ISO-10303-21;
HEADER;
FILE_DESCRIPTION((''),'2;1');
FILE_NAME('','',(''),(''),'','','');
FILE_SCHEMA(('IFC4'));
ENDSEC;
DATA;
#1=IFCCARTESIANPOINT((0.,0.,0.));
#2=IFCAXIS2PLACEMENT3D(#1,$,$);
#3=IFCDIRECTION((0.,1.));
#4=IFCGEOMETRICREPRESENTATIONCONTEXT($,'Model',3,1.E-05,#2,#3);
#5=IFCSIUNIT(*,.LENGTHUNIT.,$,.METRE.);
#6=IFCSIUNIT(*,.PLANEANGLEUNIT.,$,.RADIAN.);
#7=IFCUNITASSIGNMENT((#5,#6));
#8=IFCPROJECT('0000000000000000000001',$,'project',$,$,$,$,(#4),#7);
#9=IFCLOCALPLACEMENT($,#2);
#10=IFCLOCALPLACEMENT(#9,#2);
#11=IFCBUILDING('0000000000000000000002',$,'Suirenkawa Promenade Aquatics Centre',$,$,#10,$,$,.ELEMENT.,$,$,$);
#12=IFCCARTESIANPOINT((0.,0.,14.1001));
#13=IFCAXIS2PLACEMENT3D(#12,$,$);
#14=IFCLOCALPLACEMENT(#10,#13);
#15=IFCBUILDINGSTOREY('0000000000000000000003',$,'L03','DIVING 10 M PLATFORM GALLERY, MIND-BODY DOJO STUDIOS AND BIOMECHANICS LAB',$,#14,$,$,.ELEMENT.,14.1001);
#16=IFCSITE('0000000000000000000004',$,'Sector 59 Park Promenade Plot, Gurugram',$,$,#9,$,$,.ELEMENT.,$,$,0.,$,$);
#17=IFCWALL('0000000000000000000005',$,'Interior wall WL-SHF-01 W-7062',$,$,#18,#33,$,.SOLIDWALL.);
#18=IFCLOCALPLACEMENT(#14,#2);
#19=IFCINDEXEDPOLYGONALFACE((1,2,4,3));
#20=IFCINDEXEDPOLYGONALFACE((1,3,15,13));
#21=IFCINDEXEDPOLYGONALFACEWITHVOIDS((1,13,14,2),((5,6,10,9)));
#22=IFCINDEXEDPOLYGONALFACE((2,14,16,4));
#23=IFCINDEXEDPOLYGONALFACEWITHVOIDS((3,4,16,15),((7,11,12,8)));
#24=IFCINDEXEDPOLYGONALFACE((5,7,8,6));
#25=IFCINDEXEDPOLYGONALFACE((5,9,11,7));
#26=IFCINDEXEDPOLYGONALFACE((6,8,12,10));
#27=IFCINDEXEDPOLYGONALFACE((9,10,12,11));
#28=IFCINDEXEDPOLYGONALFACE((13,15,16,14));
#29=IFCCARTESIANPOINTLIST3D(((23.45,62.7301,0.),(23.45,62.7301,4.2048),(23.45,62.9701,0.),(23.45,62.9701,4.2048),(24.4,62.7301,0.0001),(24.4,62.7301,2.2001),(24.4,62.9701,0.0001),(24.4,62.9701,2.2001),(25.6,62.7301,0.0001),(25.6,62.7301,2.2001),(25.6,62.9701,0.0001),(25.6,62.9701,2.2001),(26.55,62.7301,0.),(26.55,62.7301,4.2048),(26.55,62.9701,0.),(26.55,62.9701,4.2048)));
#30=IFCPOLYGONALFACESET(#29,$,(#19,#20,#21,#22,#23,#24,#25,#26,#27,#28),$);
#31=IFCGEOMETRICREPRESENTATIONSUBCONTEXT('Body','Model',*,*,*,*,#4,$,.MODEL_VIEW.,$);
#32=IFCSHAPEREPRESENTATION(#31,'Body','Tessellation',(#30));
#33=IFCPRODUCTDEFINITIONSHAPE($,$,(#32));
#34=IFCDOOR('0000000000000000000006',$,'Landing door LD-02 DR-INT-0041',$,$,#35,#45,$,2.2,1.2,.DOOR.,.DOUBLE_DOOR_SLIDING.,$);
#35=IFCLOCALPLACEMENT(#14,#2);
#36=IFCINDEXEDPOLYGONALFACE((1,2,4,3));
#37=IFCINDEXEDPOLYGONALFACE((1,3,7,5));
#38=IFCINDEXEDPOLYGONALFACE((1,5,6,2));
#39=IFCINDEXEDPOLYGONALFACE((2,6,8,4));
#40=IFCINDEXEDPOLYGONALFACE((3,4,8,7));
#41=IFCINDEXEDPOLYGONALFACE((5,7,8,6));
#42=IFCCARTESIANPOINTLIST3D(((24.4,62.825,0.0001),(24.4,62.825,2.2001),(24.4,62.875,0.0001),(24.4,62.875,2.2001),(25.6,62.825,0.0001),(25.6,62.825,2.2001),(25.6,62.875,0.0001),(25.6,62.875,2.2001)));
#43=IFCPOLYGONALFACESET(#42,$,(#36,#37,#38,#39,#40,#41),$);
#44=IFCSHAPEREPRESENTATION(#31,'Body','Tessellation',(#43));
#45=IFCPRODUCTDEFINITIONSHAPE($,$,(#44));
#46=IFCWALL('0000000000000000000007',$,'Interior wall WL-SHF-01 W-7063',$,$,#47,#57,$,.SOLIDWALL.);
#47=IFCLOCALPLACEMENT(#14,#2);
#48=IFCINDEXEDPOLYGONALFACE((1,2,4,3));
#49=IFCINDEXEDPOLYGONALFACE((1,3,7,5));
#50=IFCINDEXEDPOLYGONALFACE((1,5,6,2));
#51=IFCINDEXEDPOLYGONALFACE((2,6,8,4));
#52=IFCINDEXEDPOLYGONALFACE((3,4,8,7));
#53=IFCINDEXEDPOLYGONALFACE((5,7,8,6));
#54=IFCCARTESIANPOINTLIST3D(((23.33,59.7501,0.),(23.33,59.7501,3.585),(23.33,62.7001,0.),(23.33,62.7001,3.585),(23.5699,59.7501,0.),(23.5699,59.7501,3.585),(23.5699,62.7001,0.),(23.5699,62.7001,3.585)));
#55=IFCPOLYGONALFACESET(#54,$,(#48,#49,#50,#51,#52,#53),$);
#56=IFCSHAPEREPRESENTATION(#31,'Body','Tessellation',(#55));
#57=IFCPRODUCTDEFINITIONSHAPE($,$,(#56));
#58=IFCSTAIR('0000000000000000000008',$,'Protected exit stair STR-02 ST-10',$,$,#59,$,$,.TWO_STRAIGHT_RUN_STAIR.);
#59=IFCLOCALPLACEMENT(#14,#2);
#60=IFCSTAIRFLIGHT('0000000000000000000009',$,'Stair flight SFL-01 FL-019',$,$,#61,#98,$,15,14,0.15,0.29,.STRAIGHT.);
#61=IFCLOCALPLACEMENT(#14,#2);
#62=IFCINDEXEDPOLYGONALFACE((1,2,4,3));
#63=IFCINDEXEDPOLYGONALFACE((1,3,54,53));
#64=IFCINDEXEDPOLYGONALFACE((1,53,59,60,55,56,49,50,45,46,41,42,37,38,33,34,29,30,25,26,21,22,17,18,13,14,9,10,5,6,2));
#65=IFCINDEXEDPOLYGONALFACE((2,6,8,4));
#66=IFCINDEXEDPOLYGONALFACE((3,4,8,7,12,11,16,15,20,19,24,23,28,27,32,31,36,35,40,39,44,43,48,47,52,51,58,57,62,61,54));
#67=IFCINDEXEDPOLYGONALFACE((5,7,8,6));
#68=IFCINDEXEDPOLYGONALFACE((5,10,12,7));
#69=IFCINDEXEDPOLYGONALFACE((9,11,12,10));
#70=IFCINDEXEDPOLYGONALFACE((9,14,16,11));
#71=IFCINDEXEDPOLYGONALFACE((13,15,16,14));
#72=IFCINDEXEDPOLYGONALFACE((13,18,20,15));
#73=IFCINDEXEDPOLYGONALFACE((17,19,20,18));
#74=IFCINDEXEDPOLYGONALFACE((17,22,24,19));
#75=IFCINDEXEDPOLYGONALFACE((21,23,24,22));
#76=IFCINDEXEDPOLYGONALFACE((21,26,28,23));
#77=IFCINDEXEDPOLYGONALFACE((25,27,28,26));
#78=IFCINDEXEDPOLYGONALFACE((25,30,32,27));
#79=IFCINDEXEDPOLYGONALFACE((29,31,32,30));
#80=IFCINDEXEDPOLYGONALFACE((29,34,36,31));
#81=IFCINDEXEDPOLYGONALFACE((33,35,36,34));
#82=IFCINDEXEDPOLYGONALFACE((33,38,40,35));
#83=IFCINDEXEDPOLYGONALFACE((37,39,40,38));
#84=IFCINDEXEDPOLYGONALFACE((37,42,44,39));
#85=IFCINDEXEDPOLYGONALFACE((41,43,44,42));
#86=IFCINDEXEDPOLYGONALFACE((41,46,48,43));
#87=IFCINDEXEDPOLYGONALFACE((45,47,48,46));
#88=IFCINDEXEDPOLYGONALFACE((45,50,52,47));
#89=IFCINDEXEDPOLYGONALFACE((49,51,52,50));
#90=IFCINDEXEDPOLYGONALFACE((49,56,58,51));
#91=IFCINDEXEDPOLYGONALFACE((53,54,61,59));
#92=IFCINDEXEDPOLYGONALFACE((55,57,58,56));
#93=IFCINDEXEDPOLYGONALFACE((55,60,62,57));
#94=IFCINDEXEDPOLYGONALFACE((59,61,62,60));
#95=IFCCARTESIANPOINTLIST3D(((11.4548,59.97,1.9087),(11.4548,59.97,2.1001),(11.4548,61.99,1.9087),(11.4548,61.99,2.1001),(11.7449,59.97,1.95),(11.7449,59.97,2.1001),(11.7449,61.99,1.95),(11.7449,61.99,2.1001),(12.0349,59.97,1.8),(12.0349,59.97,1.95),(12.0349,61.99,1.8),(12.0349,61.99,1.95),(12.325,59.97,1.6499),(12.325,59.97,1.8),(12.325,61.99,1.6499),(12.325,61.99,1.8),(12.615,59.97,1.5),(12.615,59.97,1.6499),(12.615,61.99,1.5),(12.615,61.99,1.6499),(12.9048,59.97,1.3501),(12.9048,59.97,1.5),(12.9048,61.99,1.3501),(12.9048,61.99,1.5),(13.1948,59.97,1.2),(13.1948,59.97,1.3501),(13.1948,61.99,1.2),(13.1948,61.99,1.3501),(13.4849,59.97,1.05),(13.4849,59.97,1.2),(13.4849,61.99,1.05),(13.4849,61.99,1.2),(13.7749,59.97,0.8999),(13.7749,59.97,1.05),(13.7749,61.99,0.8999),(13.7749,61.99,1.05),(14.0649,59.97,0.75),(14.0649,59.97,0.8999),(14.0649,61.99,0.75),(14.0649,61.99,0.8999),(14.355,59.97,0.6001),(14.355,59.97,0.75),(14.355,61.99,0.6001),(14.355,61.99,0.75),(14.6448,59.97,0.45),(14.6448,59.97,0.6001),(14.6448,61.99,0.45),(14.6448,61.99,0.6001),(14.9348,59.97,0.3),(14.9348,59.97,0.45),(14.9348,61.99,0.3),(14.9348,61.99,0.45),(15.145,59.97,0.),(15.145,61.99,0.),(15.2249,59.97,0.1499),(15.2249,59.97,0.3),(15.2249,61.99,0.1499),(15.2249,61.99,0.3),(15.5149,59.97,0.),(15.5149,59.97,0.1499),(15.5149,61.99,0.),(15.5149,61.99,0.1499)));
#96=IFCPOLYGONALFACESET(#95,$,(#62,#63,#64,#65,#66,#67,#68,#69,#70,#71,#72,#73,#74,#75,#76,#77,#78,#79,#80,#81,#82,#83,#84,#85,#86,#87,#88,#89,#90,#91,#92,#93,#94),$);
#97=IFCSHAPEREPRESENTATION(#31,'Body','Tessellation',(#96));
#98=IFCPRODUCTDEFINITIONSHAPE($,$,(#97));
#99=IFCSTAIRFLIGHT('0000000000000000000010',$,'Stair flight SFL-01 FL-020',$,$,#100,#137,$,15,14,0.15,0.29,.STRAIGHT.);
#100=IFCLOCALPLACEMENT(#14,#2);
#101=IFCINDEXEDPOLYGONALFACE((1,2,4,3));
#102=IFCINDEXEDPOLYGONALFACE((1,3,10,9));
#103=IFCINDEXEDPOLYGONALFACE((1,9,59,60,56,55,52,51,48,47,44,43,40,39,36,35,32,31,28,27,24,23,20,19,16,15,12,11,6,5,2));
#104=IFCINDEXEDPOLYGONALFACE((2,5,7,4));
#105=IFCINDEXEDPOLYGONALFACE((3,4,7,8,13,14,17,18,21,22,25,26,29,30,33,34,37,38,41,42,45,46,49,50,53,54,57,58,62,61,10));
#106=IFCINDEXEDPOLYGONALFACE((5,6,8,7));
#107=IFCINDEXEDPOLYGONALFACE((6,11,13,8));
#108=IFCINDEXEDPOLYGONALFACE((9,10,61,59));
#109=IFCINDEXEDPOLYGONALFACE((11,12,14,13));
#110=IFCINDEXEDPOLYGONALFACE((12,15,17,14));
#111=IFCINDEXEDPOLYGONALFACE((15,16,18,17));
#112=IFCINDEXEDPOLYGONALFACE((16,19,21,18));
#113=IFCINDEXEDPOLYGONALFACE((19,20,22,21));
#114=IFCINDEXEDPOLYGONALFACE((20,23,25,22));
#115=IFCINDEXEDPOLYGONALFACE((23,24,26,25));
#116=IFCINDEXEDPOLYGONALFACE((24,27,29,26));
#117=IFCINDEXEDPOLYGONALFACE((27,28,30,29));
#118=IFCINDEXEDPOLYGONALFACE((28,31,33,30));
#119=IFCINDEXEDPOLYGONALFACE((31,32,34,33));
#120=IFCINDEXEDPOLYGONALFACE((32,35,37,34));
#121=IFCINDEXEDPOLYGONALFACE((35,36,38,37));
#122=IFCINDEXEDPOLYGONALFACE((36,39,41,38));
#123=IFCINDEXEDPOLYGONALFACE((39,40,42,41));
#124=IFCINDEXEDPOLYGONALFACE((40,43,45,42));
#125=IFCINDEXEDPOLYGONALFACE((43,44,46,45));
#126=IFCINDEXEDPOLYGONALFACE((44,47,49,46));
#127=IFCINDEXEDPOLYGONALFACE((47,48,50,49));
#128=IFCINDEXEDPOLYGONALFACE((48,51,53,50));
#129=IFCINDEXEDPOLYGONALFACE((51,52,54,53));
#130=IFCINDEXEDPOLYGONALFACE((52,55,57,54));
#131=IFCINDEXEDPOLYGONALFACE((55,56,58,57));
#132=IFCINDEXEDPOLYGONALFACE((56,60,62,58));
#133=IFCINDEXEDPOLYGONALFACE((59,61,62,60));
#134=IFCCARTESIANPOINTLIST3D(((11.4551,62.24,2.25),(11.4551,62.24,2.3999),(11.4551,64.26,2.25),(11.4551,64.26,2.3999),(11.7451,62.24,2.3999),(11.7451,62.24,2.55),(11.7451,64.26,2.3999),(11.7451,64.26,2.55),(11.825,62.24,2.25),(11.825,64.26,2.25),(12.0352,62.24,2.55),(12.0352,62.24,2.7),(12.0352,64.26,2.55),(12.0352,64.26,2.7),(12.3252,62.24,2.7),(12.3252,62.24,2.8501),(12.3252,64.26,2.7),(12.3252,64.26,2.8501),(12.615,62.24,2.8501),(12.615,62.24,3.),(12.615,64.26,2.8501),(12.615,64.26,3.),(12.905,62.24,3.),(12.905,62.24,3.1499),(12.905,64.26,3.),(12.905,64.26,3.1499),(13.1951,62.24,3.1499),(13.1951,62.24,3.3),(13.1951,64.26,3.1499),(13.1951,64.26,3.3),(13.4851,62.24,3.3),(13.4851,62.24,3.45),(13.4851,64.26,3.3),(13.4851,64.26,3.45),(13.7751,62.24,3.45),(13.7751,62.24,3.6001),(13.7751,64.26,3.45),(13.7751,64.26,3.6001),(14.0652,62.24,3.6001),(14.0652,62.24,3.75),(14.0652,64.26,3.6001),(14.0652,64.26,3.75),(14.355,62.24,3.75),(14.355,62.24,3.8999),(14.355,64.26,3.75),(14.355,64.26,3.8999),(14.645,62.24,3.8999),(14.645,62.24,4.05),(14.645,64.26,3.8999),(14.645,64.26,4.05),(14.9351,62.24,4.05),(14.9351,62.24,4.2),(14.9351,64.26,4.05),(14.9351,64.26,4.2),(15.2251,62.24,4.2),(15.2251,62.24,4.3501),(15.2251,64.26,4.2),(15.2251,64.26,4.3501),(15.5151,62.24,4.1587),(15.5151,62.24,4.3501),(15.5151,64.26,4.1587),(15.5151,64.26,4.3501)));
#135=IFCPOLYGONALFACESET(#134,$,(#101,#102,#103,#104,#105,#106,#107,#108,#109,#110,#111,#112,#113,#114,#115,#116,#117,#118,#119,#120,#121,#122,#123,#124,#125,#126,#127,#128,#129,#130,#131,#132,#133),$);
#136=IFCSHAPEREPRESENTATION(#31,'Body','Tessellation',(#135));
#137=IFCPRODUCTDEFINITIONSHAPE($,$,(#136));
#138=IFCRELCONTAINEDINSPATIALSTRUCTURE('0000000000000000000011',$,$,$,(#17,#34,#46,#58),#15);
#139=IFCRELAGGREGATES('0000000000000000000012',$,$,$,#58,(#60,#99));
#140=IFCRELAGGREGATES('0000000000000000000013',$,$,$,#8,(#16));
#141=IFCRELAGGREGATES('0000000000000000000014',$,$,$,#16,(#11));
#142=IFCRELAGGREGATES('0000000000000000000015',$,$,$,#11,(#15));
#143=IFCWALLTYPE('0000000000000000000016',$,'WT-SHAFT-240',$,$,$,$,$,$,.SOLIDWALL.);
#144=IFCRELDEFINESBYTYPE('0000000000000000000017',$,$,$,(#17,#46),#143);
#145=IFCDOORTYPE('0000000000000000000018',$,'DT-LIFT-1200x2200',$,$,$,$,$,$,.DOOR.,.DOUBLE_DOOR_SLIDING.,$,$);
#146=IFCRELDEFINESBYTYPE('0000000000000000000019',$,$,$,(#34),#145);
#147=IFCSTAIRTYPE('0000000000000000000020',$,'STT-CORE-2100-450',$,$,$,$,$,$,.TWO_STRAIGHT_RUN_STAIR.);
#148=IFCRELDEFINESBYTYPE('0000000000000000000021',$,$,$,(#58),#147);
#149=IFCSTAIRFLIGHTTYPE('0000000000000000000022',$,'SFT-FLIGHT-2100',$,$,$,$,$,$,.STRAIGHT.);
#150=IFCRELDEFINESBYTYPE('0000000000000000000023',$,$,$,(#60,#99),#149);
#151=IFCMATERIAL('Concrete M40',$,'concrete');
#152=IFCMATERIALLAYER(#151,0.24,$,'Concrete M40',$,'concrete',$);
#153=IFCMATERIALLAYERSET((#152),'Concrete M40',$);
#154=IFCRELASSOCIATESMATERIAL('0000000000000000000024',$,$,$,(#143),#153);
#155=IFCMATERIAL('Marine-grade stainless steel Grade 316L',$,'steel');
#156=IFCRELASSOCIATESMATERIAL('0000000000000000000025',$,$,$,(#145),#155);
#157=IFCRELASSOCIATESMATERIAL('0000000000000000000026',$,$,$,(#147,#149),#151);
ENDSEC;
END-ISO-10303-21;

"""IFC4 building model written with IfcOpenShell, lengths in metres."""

from ifc_helpers import new_model, si_unit, direction, frame, frame_2d, origin, place, context, subcontext, project, spatial, polyline, rectangle, outline, extrude, material, layer, layer_set, type_object, element, fill, aggregate, save


model = new_model("IFC4")

# Units and contexts
model_context = context("Model", 3, precision=1e-05, world=origin(), true_north=direction((0.0, 1.0)))
body_context = subcontext(model_context, "Body", "Model", "MODEL_VIEW")
ifc_project = project(units=[si_unit("LENGTHUNIT", "METRE"), si_unit("PLANEANGLEUNIT", "RADIAN")], contexts=[model_context])

# Site, building, storey
site_placement = place(None, origin())
site = spatial("IfcSite", under=ifc_project, at=site_placement, Name="Sector 59 Park Promenade Plot, Gurugram", CompositionType="ELEMENT", RefElevation=0.0)
building_placement = place(site_placement, origin())
building = spatial("IfcBuilding", under=site, at=building_placement, Name="Suirenkawa Promenade Aquatics Centre", CompositionType="ELEMENT")
storey_placement = place(building_placement, frame((0.0, 0.0, 14.1001)))
storey = spatial("IfcBuildingStorey", under=building, at=storey_placement, Name="L03", Description="DIVING 10 M PLATFORM GALLERY, MIND-BODY DOJO STUDIOS AND BIOMECHANICS LAB", CompositionType="ELEMENT", Elevation=14.1001)

# Shared definitions
ifc_material_1 = material(Name="Concrete M40", Category="concrete")

# Wall, opening, door
ifc_layer_1 = layer(ifc_material_1, 0.24, Name="Concrete M40", Category="concrete")
ifc_layer_set_1 = layer_set([ifc_layer_1], Name="Concrete M40")
wall_type_1 = type_object("IfcWallType", Name="WT-SHAFT-240", PredefinedType="SOLIDWALL", material=ifc_layer_set_1)
wall_1_placement = place(storey_placement, frame((23.45, 62.8501, 0.0), z_axis=(0.0, 0.0, 1.0), x_axis=(1.0, 0.0, 0.0)))
wall_1 = element("IfcWall", 1, at=wall_1_placement, inside=storey, type_object=wall_type_1, Name="Interior wall WL-SHF-01 W-7062", PredefinedType="SOLIDWALL", context=body_context, shape_type="SweptSolid", body=[
    extrude(rectangle(XDim=3.1001, YDim=0.24, at=frame_2d((1.55, 0.0))), origin(), (0.0, 0.0, 1.0), 4.2048),
])
opening_1_placement = place(wall_1_placement, frame((0.95, 0.0, 0.0)))
opening_1 = element("IfcOpeningElement", 2, at=opening_1_placement, cuts=wall_1, PredefinedType="OPENING", context=body_context, shape_type="SweptSolid", body=[
    extrude(rectangle(XDim=1.2, YDim=2.2, at=frame_2d((0.6001, 1.1001))), frame((0.0, 0.1299, 0.0), z_axis=(0.0, -1.0, 0.0), x_axis=(1.0, 0.0, 0.0)), (0.0, 0.0, 1.0), 0.26),
])
ifc_material_2 = material(Name="Marine-grade stainless steel Grade 316L", Category="steel")
door_type_1 = type_object("IfcDoorType", Name="DT-LIFT-1200x2200", OperationType="DOUBLE_DOOR_SLIDING", PredefinedType="DOOR", material=ifc_material_2)
door_1_placement = place(opening_1_placement, origin())
door_1 = element("IfcDoor", 3, at=door_1_placement, inside=storey, type_object=door_type_1, Name="Landing door LD-02 DR-INT-0041", OperationType="DOUBLE_DOOR_SLIDING", OverallHeight=2.2, OverallWidth=1.2, PredefinedType="DOOR", context=body_context, shape_type="SweptSolid", body=[
    extrude(rectangle(XDim=1.2, YDim=2.2, at=frame_2d((0.6001, 1.1001))), frame((0.0, 0.0249, 0.0), z_axis=(0.0, -1.0, 0.0), x_axis=(1.0, 0.0, 0.0)), (0.0, 0.0, 1.0), 0.05),
])
fill(opening_1, door_1)

# Wall
wall_2_placement = place(storey_placement, frame((23.45, 59.75, 0.0), z_axis=(0.0, 0.0, 1.0), x_axis=(0.0, 1.0, 0.0)))
element("IfcWall", 4, at=wall_2_placement, inside=storey, type_object=wall_type_1, Name="Interior wall WL-SHF-01 W-7063", PredefinedType="SOLIDWALL", context=body_context, shape_type="SweptSolid", body=[
    extrude(rectangle(XDim=2.95, YDim=0.24, at=frame_2d((1.4751, 0.0))), origin(), (0.0, 0.0, 1.0), 3.585),
])

# Stair, stair flights
stair_type = type_object("IfcStairType", Name="STT-CORE-2100-450", PredefinedType="TWO_STRAIGHT_RUN_STAIR", material=ifc_material_1)
stair_placement = place(storey_placement, origin())
stair = element("IfcStair", 5, at=stair_placement, inside=storey, type_object=stair_type, Name="Protected exit stair STR-02 ST-10", PredefinedType="TWO_STRAIGHT_RUN_STAIR")
stair_flight_type = type_object("IfcStairFlightType", Name="SFT-FLIGHT-2100", PredefinedType="STRAIGHT", material=ifc_material_1)
stair_flight_1_placement = place(storey_placement, frame((15.5149, 60.98, 0.0), z_axis=(0.0, 0.0, 1.0), x_axis=(-1.0, 0.0, 0.0)))
stair_flight_1 = element("IfcStairFlight", 6, at=stair_flight_1_placement, type_object=stair_flight_type, Name="Stair flight SFL-01 FL-019", NumberOfRisers=15, NumberOfTreads=14, PredefinedType="STRAIGHT", RiserHeight=0.15, TreadLength=0.29, context=body_context, shape_type="SweptSolid", body=[
    extrude(outline(polyline([(0.0, 0.0), (0.0, 0.1499), (0.29, 0.1499), (0.29, 0.3), (0.5801, 0.3), (0.5801, 0.45), (0.8701, 0.45), (0.8701, 0.6001), (1.1599, 0.6001), (1.1599, 0.75), (1.45, 0.75), (1.45, 0.8999), (1.74, 0.8999), (1.74, 1.05), (2.03, 1.05), (2.03, 1.2), (2.3201, 1.2), (2.3201, 1.3501), (2.6101, 1.3501), (2.6101, 1.5), (2.8999, 1.5), (2.8999, 1.6499), (3.1899, 1.6499), (3.1899, 1.8), (3.48, 1.8), (3.48, 1.95), (3.77, 1.95), (3.77, 2.1001), (4.0601, 2.1001), (4.0601, 2.25), (4.0601, 1.9087), (0.3699, 0.0), (0.0, 0.0)])), frame((0.0, 1.01, 0.0), z_axis=(0.0, -1.0, 0.0), x_axis=(1.0, 0.0, 0.0)), (0.0, 0.0, 1.0), 2.02),
])
stair_flight_2_placement = place(storey_placement, frame((11.4551, 63.25, 2.25), z_axis=(0.0, 0.0, 1.0), x_axis=(1.0, 0.0, 0.0)))
stair_flight_2 = element("IfcStairFlight", 7, at=stair_flight_2_placement, type_object=stair_flight_type, Name="Stair flight SFL-01 FL-020", NumberOfRisers=15, NumberOfTreads=14, PredefinedType="STRAIGHT", RiserHeight=0.15, TreadLength=0.29, context=body_context, shape_type="SweptSolid", body=[
    extrude(outline(polyline([(0.0, 0.0), (0.0, 0.1499), (0.29, 0.1499), (0.29, 0.3), (0.5801, 0.3), (0.5801, 0.45), (0.8701, 0.45), (0.8701, 0.6001), (1.1599, 0.6001), (1.1599, 0.75), (1.45, 0.75), (1.45, 0.8999), (1.74, 0.8999), (1.74, 1.05), (2.03, 1.05), (2.03, 1.2), (2.3201, 1.2), (2.3201, 1.3501), (2.6101, 1.3501), (2.6101, 1.5), (2.8999, 1.5), (2.8999, 1.6499), (3.1899, 1.6499), (3.1899, 1.8), (3.48, 1.8), (3.48, 1.95), (3.77, 1.95), (3.77, 2.1001), (4.0601, 2.1001), (4.0601, 2.25), (4.0601, 1.9087), (0.3699, 0.0), (0.0, 0.0)])), frame((0.0, 1.01, 0.0), z_axis=(0.0, -1.0, 0.0), x_axis=(1.0, 0.0, 0.0)), (0.0, 0.0, 1.0), 2.02),
])
aggregate(stair, [stair_flight_1, stair_flight_2])

save(model, "model.ifc")
